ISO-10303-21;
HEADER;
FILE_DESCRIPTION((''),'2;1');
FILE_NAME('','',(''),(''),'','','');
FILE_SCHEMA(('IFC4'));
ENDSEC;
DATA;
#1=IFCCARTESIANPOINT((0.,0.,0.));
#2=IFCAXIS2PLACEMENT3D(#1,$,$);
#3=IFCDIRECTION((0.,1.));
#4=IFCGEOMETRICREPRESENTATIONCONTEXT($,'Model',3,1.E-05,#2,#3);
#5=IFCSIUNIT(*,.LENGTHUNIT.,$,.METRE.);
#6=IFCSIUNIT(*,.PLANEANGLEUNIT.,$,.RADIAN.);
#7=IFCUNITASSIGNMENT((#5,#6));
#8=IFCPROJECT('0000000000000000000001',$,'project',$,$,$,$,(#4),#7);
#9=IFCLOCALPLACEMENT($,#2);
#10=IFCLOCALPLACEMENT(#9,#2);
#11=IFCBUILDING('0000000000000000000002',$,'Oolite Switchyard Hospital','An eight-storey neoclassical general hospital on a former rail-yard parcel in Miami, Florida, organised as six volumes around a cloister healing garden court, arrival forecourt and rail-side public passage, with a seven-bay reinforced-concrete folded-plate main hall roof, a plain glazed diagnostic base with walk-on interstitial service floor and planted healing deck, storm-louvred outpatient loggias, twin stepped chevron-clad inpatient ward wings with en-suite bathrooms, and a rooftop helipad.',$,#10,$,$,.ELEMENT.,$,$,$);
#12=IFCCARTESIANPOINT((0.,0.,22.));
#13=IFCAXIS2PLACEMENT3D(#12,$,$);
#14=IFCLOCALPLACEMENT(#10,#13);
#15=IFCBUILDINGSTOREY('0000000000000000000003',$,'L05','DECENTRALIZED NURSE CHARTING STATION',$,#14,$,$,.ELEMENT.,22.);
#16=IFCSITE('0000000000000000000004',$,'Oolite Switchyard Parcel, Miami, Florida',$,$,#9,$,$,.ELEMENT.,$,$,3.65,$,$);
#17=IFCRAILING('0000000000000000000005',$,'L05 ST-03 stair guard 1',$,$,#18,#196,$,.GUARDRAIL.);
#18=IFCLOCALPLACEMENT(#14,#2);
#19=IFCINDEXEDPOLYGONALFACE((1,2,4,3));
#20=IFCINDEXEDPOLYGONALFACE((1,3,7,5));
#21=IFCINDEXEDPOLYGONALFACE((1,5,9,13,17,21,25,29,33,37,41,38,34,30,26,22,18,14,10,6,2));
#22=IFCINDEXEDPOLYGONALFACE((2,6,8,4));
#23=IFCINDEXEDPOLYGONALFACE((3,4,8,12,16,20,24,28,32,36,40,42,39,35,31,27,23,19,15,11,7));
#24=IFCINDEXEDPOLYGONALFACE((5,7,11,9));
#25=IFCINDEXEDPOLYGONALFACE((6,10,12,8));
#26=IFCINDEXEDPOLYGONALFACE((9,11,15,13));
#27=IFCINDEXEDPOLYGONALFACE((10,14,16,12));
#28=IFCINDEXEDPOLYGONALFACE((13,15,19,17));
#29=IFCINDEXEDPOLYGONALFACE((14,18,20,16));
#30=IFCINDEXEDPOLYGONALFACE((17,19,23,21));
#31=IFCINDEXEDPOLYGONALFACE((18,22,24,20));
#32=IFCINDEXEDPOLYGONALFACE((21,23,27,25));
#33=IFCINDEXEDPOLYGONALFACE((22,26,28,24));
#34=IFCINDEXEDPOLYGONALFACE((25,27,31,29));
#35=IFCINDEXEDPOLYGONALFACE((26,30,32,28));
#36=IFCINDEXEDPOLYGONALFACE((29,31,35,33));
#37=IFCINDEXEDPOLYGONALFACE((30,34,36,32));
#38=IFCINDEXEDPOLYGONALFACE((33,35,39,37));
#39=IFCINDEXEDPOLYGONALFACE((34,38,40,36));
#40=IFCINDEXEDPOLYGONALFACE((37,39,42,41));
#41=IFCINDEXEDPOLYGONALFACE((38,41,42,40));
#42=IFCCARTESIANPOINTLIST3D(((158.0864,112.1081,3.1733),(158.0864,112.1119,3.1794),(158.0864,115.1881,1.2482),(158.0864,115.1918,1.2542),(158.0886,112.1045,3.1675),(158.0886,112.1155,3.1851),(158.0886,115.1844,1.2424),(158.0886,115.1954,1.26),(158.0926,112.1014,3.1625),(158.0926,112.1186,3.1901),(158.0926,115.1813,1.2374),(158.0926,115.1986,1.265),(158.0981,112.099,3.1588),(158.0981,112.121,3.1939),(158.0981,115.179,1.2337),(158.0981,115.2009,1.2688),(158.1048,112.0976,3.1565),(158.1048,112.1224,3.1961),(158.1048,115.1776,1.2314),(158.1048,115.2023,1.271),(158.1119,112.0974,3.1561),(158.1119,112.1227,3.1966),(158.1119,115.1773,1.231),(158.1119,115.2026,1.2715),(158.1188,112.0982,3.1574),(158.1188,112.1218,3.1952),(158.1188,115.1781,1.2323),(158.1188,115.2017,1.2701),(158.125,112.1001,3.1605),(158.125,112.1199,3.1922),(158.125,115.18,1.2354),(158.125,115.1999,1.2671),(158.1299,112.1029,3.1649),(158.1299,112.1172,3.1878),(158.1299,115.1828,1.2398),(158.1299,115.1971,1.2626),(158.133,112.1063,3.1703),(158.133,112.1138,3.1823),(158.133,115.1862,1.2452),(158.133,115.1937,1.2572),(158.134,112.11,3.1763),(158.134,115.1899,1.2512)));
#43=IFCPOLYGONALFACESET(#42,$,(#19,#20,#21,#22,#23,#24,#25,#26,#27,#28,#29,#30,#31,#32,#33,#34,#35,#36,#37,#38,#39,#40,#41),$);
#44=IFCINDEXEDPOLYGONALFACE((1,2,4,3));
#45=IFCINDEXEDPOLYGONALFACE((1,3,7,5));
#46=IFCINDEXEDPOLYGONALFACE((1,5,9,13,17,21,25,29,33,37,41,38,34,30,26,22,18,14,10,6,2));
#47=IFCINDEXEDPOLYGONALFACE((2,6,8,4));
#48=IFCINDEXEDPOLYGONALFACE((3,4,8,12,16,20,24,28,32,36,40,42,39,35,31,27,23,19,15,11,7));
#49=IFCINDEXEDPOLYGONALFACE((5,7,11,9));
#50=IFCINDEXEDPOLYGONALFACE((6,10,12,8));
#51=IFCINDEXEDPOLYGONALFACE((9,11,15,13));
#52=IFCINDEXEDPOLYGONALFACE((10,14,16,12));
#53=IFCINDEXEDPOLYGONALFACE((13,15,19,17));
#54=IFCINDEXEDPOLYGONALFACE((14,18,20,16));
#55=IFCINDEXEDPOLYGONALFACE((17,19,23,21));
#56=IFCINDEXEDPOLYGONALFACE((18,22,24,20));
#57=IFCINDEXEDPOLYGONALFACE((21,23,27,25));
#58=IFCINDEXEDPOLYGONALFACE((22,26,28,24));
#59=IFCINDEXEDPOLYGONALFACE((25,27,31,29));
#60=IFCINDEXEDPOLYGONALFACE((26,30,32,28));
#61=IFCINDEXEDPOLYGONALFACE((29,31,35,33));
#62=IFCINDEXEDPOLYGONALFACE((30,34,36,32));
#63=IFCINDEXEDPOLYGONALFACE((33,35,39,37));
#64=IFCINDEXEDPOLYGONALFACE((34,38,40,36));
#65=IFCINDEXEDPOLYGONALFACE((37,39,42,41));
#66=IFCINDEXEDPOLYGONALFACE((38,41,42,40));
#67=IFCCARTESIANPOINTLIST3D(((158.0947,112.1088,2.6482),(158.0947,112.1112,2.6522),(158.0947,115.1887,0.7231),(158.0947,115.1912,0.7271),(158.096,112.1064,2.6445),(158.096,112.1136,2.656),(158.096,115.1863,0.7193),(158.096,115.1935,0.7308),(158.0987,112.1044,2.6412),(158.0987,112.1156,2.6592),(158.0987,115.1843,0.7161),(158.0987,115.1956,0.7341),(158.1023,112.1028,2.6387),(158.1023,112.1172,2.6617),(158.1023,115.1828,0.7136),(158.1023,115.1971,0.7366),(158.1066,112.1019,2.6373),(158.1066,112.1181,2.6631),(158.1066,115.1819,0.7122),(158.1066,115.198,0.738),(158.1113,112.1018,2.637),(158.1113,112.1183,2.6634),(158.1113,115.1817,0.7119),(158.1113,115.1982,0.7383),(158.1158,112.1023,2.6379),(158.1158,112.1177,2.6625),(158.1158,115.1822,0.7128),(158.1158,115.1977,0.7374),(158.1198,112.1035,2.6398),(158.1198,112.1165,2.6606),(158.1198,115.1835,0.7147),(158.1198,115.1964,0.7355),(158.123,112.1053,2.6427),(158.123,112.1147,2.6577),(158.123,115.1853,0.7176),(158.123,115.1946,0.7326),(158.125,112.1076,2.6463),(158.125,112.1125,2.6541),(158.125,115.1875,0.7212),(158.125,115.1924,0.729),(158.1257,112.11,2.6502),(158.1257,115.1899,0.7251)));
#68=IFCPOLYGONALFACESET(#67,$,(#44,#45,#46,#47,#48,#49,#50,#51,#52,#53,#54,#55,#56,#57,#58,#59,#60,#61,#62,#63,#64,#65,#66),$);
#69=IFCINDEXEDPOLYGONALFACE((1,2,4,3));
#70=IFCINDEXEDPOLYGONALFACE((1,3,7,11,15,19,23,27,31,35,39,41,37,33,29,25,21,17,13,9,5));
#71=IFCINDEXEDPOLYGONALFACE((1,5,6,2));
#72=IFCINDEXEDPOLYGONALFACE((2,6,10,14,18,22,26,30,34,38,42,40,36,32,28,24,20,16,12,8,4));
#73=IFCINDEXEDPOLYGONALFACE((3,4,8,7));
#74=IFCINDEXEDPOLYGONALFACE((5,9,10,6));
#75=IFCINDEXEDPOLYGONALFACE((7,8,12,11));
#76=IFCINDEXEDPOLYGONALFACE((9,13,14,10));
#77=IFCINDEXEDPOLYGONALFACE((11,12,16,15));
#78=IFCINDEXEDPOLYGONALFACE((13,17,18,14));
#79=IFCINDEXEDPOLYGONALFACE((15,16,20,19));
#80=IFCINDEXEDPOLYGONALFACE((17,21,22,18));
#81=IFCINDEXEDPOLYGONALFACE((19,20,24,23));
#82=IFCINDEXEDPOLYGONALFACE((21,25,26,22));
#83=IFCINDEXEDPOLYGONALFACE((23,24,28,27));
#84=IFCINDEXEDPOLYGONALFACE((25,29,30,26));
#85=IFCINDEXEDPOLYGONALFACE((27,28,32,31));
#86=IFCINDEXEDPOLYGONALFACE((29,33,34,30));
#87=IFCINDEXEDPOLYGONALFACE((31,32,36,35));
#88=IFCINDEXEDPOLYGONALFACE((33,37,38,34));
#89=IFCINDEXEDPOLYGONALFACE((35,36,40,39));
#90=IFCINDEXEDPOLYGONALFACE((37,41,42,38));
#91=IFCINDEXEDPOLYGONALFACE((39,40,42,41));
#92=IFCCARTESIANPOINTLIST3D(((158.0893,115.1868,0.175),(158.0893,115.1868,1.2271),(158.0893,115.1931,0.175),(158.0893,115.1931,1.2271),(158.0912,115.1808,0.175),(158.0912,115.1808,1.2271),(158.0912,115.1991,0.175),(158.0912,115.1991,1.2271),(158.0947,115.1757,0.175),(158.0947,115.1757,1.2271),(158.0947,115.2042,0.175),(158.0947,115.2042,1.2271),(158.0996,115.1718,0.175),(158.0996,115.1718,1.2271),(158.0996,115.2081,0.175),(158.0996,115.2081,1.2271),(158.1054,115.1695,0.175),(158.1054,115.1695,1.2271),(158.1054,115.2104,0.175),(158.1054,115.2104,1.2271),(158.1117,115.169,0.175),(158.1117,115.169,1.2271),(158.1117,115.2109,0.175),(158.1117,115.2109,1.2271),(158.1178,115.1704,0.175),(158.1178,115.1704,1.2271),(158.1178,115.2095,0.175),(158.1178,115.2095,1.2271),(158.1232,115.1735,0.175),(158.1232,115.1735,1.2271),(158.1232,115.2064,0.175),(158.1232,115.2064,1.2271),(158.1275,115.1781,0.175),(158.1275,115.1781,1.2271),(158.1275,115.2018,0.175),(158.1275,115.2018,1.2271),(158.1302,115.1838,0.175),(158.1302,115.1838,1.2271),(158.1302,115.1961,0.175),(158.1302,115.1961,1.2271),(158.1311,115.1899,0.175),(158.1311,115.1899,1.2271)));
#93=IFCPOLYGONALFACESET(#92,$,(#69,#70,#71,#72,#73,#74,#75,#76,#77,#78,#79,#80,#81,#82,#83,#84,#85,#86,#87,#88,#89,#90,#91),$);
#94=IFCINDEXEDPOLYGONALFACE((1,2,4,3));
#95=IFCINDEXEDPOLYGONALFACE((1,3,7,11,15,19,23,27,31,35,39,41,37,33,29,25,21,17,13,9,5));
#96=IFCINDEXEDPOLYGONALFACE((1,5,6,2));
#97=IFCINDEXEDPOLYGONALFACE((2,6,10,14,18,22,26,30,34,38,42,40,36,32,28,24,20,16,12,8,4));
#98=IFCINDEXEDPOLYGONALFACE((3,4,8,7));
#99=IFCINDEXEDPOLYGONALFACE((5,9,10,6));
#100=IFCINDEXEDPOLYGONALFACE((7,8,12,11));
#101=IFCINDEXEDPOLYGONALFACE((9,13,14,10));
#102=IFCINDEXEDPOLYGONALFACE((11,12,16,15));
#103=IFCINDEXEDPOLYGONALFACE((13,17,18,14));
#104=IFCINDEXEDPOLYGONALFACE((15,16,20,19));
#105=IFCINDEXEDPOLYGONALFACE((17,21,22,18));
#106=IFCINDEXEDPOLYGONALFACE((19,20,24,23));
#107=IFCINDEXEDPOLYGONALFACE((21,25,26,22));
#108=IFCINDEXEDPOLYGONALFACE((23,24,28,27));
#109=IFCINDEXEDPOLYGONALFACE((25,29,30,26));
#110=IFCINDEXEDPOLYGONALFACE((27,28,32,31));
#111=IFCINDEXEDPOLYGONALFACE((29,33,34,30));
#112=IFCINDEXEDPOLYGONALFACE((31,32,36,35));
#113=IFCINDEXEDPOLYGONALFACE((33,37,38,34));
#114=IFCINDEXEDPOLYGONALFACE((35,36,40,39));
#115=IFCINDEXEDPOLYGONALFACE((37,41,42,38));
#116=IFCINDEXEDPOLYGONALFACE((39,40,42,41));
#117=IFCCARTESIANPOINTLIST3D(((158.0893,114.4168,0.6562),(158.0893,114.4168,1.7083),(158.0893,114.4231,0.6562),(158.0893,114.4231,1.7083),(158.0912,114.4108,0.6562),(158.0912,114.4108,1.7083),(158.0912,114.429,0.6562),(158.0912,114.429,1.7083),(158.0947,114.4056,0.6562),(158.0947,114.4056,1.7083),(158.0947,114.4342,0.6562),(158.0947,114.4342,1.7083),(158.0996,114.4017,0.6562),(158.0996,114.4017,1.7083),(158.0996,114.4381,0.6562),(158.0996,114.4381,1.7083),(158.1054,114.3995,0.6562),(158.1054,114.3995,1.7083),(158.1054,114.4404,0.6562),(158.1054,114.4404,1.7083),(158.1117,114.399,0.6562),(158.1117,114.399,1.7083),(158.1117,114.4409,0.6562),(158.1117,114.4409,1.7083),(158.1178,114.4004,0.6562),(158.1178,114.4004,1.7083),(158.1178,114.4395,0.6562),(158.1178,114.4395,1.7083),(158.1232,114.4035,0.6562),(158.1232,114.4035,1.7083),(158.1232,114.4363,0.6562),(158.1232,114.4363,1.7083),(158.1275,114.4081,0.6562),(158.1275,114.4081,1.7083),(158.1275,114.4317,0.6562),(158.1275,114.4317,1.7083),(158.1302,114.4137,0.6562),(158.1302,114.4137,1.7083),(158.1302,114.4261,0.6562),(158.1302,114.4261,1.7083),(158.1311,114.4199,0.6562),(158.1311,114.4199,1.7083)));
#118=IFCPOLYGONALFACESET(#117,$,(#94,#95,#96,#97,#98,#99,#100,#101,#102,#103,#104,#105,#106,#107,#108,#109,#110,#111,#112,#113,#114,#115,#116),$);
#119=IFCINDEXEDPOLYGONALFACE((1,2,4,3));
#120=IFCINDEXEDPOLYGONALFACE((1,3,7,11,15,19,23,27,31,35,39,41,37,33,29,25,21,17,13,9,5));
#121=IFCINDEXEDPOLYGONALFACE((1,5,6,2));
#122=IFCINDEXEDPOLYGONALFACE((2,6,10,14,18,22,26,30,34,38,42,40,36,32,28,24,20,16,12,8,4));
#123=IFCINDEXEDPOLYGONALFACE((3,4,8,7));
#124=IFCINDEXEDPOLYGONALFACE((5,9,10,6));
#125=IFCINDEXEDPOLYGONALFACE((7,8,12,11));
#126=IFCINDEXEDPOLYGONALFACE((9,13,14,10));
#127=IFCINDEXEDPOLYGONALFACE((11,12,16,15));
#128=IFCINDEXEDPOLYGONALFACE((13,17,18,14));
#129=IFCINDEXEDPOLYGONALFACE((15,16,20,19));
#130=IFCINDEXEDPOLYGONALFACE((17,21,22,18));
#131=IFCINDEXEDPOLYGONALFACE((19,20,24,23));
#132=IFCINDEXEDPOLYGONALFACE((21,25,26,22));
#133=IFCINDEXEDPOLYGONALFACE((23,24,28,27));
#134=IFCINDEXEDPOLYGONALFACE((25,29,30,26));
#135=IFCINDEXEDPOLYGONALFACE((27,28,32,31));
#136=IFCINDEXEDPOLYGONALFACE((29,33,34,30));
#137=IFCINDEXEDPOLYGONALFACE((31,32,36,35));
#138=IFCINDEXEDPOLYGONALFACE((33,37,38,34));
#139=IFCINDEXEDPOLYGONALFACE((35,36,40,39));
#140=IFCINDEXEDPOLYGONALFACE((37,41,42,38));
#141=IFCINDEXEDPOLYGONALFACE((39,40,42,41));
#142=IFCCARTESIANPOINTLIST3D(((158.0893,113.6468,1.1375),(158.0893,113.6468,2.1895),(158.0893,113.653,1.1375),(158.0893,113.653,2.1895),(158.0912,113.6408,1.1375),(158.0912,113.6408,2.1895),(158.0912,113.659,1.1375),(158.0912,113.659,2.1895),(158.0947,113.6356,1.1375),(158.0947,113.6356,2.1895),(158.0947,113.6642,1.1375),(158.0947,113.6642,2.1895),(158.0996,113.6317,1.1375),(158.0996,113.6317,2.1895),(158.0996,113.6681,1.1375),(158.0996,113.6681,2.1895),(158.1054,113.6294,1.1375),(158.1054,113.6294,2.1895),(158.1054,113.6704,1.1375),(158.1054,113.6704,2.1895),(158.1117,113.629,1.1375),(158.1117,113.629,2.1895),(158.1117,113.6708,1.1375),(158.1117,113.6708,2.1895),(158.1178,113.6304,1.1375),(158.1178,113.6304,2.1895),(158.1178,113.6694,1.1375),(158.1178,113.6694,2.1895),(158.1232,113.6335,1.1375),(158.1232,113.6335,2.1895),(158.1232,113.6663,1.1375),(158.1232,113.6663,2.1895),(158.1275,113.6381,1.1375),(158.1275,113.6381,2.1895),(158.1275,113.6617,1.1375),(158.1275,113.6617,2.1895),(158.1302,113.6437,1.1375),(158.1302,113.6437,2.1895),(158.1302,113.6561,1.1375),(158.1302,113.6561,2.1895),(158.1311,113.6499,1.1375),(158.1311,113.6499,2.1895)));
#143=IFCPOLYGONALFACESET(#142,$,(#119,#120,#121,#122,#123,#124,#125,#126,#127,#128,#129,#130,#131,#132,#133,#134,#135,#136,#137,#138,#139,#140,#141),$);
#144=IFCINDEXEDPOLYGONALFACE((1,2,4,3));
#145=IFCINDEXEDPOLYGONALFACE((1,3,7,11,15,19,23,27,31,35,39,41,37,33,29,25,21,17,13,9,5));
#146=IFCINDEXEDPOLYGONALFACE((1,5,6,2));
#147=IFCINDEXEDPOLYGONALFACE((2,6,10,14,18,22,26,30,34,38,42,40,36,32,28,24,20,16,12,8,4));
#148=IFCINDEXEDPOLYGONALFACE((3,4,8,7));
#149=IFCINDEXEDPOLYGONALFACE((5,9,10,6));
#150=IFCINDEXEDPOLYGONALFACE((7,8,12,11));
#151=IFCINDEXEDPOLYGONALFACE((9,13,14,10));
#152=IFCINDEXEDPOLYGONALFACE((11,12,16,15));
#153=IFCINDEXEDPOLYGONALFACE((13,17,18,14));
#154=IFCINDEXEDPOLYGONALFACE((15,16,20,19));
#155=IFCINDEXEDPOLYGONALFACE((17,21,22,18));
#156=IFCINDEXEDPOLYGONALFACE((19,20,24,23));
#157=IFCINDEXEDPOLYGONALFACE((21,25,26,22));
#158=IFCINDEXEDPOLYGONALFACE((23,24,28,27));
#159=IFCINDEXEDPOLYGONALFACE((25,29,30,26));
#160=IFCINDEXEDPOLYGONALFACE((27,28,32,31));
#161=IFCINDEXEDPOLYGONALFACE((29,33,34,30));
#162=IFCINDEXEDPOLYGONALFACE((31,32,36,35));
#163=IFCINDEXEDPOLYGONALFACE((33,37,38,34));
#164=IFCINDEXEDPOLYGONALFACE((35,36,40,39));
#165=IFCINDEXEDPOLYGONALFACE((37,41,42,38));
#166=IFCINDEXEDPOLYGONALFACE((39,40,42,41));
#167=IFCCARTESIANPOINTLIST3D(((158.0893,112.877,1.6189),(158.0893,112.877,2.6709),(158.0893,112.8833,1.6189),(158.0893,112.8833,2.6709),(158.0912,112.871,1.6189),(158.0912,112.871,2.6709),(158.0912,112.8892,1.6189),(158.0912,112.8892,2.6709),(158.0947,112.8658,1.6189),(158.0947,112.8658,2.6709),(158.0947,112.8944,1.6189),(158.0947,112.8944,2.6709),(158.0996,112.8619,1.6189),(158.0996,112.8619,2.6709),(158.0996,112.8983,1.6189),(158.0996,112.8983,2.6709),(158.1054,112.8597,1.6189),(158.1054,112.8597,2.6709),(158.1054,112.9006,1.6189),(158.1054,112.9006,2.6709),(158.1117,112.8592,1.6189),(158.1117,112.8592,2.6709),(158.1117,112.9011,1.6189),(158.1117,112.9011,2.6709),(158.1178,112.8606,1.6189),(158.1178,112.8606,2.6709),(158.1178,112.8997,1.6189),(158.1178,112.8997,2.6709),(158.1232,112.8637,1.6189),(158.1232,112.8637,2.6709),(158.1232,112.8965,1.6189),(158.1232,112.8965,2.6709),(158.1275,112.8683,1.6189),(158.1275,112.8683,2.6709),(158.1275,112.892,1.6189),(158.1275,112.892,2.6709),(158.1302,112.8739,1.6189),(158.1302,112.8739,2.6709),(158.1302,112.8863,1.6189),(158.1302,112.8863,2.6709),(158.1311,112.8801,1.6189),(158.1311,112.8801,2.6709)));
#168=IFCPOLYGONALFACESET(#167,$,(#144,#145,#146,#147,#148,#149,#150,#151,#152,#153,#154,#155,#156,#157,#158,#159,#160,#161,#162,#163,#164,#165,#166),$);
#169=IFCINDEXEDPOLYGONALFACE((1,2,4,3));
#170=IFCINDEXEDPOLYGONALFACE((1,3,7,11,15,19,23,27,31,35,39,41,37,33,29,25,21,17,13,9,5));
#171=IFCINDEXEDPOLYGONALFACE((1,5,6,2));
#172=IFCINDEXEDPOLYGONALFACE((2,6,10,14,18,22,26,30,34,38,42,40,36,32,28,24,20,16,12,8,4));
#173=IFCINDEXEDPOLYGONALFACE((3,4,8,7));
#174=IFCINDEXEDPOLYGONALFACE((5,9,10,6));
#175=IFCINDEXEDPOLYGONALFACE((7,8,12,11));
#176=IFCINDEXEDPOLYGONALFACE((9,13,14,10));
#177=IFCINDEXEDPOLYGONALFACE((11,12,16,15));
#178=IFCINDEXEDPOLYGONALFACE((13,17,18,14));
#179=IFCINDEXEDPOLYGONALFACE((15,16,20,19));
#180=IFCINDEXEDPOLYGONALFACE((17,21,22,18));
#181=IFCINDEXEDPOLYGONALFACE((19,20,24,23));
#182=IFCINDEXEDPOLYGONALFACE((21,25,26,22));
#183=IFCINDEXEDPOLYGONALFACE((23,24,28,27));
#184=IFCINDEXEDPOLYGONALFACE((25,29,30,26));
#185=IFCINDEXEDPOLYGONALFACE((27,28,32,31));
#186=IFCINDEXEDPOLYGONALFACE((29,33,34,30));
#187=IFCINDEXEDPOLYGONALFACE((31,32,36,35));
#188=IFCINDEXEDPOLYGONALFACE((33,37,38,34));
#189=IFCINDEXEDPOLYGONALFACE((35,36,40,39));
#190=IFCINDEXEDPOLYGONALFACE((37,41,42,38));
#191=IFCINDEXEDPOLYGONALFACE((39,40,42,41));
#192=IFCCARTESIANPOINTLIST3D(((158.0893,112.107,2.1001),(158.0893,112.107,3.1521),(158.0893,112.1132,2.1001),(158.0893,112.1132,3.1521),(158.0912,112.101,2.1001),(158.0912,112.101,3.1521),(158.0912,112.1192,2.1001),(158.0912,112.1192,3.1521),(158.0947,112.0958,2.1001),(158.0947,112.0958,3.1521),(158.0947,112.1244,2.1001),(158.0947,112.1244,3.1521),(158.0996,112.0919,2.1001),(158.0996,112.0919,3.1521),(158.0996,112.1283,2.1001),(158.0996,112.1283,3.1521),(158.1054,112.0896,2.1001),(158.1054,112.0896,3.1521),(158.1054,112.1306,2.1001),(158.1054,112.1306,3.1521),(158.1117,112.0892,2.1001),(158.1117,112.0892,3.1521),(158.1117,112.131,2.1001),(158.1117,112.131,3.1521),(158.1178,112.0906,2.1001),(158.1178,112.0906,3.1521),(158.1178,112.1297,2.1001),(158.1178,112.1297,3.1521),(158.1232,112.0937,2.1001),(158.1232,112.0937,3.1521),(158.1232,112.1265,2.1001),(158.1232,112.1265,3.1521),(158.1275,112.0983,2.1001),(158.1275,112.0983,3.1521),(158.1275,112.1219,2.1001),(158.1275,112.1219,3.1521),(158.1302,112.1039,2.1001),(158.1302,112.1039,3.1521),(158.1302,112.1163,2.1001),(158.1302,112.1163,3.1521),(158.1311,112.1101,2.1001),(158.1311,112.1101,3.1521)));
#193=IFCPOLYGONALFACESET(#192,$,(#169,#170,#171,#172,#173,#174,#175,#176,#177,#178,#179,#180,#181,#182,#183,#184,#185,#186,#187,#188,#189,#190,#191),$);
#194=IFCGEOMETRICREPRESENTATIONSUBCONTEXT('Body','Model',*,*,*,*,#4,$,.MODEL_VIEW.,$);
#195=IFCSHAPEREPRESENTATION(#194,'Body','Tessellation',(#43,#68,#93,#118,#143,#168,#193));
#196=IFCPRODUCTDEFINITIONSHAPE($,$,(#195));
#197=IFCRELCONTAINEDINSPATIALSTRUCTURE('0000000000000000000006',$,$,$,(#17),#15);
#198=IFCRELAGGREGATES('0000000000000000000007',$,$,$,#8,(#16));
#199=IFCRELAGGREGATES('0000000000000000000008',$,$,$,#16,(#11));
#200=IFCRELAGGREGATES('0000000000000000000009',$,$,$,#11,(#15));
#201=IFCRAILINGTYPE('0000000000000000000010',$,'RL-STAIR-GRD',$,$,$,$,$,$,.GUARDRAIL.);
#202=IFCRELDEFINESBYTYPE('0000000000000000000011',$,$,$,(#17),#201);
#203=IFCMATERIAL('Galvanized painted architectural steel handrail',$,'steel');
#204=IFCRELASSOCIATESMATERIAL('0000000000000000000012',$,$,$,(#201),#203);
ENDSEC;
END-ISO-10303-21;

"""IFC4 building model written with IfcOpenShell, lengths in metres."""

from ifc_helpers import new_model, si_unit, direction, frame, origin, origin_2d, place, context, subcontext, project, spatial, circle, extrude, material, type_object, element, save


model = new_model("IFC4")

# Units and contexts
model_context = context("Model", 3, precision=1e-05, world=origin(), true_north=direction((0.0, 1.0)))
body_context = subcontext(model_context, "Body", "Model", "MODEL_VIEW")
ifc_project = project(units=[si_unit("LENGTHUNIT", "METRE"), si_unit("PLANEANGLEUNIT", "RADIAN")], contexts=[model_context])

# Site, building, storey
site_placement = place(None, origin())
site = spatial("IfcSite", under=ifc_project, at=site_placement, Name="Oolite Switchyard Parcel, Miami, Florida", CompositionType="ELEMENT", RefElevation=3.65)
building_placement = place(site_placement, origin())
building = spatial("IfcBuilding", under=site, at=building_placement, Name="Oolite Switchyard Hospital", Description="An eight-storey neoclassical general hospital on a former rail-yard parcel in Miami, Florida, organised as six volumes around a cloister healing garden court, arrival forecourt and rail-side public passage, with a seven-bay reinforced-concrete folded-plate main hall roof, a plain glazed diagnostic base with walk-on interstitial service floor and planted healing deck, storm-louvred outpatient loggias, twin stepped chevron-clad inpatient ward wings with en-suite bathrooms, and a rooftop helipad.", CompositionType="ELEMENT")
storey_placement = place(building_placement, frame((0.0, 0.0, 22.0)))
storey = spatial("IfcBuildingStorey", under=building, at=storey_placement, Name="L05", Description="DECENTRALIZED NURSE CHARTING STATION", CompositionType="ELEMENT", Elevation=22.0)

# Railing
ifc_material_1 = material(Name="Galvanized painted architectural steel handrail", Category="steel")
railing_type_1 = type_object("IfcRailingType", Name="RL-STAIR-GRD", PredefinedType="GUARDRAIL", material=ifc_material_1)
railing_1_placement = place(storey_placement, frame((158.1101, 115.1899, 0.175)))
element("IfcRailing", 1, at=railing_1_placement, inside=storey, type_object=railing_type_1, Name="L05 ST-03 stair guard 1", PredefinedType="GUARDRAIL", context=body_context, shape_type="SweptSolid", body=[
    extrude(circle(Radius=0.0239, at=origin_2d()), frame((0.0, 0.0, 1.0762), z_axis=(0.0, -0.847979, 0.530029), x_axis=(1.0, 0.0, 0.0)), (0.0, 0.0, 1.0), 3.6321),
    extrude(circle(Radius=0.0156, at=origin_2d()), frame((0.0, 0.0, 0.55), z_axis=(0.0, -0.847979, 0.530029), x_axis=(1.0, 0.0, 0.0)), (0.0, 0.0, 1.0), 3.6321),
    extrude(circle(Radius=0.021, at=origin_2d()), origin(), (0.0, 0.0, 1.0), 1.052),
    extrude(circle(Radius=0.021, at=origin_2d()), frame((0.0, -0.77, 0.4812)), (0.0, 0.0, 1.0), 1.052),
    extrude(circle(Radius=0.021, at=origin_2d()), frame((0.0, -1.54, 0.9624)), (0.0, 0.0, 1.0), 1.052),
    extrude(circle(Radius=0.021, at=origin_2d()), frame((0.0, -2.3098, 1.4438)), (0.0, 0.0, 1.0), 1.052),
    extrude(circle(Radius=0.021, at=origin_2d()), frame((0.0, -3.0798, 1.925)), (0.0, 0.0, 1.0), 1.052),
])

save(model, "model.ifc")
